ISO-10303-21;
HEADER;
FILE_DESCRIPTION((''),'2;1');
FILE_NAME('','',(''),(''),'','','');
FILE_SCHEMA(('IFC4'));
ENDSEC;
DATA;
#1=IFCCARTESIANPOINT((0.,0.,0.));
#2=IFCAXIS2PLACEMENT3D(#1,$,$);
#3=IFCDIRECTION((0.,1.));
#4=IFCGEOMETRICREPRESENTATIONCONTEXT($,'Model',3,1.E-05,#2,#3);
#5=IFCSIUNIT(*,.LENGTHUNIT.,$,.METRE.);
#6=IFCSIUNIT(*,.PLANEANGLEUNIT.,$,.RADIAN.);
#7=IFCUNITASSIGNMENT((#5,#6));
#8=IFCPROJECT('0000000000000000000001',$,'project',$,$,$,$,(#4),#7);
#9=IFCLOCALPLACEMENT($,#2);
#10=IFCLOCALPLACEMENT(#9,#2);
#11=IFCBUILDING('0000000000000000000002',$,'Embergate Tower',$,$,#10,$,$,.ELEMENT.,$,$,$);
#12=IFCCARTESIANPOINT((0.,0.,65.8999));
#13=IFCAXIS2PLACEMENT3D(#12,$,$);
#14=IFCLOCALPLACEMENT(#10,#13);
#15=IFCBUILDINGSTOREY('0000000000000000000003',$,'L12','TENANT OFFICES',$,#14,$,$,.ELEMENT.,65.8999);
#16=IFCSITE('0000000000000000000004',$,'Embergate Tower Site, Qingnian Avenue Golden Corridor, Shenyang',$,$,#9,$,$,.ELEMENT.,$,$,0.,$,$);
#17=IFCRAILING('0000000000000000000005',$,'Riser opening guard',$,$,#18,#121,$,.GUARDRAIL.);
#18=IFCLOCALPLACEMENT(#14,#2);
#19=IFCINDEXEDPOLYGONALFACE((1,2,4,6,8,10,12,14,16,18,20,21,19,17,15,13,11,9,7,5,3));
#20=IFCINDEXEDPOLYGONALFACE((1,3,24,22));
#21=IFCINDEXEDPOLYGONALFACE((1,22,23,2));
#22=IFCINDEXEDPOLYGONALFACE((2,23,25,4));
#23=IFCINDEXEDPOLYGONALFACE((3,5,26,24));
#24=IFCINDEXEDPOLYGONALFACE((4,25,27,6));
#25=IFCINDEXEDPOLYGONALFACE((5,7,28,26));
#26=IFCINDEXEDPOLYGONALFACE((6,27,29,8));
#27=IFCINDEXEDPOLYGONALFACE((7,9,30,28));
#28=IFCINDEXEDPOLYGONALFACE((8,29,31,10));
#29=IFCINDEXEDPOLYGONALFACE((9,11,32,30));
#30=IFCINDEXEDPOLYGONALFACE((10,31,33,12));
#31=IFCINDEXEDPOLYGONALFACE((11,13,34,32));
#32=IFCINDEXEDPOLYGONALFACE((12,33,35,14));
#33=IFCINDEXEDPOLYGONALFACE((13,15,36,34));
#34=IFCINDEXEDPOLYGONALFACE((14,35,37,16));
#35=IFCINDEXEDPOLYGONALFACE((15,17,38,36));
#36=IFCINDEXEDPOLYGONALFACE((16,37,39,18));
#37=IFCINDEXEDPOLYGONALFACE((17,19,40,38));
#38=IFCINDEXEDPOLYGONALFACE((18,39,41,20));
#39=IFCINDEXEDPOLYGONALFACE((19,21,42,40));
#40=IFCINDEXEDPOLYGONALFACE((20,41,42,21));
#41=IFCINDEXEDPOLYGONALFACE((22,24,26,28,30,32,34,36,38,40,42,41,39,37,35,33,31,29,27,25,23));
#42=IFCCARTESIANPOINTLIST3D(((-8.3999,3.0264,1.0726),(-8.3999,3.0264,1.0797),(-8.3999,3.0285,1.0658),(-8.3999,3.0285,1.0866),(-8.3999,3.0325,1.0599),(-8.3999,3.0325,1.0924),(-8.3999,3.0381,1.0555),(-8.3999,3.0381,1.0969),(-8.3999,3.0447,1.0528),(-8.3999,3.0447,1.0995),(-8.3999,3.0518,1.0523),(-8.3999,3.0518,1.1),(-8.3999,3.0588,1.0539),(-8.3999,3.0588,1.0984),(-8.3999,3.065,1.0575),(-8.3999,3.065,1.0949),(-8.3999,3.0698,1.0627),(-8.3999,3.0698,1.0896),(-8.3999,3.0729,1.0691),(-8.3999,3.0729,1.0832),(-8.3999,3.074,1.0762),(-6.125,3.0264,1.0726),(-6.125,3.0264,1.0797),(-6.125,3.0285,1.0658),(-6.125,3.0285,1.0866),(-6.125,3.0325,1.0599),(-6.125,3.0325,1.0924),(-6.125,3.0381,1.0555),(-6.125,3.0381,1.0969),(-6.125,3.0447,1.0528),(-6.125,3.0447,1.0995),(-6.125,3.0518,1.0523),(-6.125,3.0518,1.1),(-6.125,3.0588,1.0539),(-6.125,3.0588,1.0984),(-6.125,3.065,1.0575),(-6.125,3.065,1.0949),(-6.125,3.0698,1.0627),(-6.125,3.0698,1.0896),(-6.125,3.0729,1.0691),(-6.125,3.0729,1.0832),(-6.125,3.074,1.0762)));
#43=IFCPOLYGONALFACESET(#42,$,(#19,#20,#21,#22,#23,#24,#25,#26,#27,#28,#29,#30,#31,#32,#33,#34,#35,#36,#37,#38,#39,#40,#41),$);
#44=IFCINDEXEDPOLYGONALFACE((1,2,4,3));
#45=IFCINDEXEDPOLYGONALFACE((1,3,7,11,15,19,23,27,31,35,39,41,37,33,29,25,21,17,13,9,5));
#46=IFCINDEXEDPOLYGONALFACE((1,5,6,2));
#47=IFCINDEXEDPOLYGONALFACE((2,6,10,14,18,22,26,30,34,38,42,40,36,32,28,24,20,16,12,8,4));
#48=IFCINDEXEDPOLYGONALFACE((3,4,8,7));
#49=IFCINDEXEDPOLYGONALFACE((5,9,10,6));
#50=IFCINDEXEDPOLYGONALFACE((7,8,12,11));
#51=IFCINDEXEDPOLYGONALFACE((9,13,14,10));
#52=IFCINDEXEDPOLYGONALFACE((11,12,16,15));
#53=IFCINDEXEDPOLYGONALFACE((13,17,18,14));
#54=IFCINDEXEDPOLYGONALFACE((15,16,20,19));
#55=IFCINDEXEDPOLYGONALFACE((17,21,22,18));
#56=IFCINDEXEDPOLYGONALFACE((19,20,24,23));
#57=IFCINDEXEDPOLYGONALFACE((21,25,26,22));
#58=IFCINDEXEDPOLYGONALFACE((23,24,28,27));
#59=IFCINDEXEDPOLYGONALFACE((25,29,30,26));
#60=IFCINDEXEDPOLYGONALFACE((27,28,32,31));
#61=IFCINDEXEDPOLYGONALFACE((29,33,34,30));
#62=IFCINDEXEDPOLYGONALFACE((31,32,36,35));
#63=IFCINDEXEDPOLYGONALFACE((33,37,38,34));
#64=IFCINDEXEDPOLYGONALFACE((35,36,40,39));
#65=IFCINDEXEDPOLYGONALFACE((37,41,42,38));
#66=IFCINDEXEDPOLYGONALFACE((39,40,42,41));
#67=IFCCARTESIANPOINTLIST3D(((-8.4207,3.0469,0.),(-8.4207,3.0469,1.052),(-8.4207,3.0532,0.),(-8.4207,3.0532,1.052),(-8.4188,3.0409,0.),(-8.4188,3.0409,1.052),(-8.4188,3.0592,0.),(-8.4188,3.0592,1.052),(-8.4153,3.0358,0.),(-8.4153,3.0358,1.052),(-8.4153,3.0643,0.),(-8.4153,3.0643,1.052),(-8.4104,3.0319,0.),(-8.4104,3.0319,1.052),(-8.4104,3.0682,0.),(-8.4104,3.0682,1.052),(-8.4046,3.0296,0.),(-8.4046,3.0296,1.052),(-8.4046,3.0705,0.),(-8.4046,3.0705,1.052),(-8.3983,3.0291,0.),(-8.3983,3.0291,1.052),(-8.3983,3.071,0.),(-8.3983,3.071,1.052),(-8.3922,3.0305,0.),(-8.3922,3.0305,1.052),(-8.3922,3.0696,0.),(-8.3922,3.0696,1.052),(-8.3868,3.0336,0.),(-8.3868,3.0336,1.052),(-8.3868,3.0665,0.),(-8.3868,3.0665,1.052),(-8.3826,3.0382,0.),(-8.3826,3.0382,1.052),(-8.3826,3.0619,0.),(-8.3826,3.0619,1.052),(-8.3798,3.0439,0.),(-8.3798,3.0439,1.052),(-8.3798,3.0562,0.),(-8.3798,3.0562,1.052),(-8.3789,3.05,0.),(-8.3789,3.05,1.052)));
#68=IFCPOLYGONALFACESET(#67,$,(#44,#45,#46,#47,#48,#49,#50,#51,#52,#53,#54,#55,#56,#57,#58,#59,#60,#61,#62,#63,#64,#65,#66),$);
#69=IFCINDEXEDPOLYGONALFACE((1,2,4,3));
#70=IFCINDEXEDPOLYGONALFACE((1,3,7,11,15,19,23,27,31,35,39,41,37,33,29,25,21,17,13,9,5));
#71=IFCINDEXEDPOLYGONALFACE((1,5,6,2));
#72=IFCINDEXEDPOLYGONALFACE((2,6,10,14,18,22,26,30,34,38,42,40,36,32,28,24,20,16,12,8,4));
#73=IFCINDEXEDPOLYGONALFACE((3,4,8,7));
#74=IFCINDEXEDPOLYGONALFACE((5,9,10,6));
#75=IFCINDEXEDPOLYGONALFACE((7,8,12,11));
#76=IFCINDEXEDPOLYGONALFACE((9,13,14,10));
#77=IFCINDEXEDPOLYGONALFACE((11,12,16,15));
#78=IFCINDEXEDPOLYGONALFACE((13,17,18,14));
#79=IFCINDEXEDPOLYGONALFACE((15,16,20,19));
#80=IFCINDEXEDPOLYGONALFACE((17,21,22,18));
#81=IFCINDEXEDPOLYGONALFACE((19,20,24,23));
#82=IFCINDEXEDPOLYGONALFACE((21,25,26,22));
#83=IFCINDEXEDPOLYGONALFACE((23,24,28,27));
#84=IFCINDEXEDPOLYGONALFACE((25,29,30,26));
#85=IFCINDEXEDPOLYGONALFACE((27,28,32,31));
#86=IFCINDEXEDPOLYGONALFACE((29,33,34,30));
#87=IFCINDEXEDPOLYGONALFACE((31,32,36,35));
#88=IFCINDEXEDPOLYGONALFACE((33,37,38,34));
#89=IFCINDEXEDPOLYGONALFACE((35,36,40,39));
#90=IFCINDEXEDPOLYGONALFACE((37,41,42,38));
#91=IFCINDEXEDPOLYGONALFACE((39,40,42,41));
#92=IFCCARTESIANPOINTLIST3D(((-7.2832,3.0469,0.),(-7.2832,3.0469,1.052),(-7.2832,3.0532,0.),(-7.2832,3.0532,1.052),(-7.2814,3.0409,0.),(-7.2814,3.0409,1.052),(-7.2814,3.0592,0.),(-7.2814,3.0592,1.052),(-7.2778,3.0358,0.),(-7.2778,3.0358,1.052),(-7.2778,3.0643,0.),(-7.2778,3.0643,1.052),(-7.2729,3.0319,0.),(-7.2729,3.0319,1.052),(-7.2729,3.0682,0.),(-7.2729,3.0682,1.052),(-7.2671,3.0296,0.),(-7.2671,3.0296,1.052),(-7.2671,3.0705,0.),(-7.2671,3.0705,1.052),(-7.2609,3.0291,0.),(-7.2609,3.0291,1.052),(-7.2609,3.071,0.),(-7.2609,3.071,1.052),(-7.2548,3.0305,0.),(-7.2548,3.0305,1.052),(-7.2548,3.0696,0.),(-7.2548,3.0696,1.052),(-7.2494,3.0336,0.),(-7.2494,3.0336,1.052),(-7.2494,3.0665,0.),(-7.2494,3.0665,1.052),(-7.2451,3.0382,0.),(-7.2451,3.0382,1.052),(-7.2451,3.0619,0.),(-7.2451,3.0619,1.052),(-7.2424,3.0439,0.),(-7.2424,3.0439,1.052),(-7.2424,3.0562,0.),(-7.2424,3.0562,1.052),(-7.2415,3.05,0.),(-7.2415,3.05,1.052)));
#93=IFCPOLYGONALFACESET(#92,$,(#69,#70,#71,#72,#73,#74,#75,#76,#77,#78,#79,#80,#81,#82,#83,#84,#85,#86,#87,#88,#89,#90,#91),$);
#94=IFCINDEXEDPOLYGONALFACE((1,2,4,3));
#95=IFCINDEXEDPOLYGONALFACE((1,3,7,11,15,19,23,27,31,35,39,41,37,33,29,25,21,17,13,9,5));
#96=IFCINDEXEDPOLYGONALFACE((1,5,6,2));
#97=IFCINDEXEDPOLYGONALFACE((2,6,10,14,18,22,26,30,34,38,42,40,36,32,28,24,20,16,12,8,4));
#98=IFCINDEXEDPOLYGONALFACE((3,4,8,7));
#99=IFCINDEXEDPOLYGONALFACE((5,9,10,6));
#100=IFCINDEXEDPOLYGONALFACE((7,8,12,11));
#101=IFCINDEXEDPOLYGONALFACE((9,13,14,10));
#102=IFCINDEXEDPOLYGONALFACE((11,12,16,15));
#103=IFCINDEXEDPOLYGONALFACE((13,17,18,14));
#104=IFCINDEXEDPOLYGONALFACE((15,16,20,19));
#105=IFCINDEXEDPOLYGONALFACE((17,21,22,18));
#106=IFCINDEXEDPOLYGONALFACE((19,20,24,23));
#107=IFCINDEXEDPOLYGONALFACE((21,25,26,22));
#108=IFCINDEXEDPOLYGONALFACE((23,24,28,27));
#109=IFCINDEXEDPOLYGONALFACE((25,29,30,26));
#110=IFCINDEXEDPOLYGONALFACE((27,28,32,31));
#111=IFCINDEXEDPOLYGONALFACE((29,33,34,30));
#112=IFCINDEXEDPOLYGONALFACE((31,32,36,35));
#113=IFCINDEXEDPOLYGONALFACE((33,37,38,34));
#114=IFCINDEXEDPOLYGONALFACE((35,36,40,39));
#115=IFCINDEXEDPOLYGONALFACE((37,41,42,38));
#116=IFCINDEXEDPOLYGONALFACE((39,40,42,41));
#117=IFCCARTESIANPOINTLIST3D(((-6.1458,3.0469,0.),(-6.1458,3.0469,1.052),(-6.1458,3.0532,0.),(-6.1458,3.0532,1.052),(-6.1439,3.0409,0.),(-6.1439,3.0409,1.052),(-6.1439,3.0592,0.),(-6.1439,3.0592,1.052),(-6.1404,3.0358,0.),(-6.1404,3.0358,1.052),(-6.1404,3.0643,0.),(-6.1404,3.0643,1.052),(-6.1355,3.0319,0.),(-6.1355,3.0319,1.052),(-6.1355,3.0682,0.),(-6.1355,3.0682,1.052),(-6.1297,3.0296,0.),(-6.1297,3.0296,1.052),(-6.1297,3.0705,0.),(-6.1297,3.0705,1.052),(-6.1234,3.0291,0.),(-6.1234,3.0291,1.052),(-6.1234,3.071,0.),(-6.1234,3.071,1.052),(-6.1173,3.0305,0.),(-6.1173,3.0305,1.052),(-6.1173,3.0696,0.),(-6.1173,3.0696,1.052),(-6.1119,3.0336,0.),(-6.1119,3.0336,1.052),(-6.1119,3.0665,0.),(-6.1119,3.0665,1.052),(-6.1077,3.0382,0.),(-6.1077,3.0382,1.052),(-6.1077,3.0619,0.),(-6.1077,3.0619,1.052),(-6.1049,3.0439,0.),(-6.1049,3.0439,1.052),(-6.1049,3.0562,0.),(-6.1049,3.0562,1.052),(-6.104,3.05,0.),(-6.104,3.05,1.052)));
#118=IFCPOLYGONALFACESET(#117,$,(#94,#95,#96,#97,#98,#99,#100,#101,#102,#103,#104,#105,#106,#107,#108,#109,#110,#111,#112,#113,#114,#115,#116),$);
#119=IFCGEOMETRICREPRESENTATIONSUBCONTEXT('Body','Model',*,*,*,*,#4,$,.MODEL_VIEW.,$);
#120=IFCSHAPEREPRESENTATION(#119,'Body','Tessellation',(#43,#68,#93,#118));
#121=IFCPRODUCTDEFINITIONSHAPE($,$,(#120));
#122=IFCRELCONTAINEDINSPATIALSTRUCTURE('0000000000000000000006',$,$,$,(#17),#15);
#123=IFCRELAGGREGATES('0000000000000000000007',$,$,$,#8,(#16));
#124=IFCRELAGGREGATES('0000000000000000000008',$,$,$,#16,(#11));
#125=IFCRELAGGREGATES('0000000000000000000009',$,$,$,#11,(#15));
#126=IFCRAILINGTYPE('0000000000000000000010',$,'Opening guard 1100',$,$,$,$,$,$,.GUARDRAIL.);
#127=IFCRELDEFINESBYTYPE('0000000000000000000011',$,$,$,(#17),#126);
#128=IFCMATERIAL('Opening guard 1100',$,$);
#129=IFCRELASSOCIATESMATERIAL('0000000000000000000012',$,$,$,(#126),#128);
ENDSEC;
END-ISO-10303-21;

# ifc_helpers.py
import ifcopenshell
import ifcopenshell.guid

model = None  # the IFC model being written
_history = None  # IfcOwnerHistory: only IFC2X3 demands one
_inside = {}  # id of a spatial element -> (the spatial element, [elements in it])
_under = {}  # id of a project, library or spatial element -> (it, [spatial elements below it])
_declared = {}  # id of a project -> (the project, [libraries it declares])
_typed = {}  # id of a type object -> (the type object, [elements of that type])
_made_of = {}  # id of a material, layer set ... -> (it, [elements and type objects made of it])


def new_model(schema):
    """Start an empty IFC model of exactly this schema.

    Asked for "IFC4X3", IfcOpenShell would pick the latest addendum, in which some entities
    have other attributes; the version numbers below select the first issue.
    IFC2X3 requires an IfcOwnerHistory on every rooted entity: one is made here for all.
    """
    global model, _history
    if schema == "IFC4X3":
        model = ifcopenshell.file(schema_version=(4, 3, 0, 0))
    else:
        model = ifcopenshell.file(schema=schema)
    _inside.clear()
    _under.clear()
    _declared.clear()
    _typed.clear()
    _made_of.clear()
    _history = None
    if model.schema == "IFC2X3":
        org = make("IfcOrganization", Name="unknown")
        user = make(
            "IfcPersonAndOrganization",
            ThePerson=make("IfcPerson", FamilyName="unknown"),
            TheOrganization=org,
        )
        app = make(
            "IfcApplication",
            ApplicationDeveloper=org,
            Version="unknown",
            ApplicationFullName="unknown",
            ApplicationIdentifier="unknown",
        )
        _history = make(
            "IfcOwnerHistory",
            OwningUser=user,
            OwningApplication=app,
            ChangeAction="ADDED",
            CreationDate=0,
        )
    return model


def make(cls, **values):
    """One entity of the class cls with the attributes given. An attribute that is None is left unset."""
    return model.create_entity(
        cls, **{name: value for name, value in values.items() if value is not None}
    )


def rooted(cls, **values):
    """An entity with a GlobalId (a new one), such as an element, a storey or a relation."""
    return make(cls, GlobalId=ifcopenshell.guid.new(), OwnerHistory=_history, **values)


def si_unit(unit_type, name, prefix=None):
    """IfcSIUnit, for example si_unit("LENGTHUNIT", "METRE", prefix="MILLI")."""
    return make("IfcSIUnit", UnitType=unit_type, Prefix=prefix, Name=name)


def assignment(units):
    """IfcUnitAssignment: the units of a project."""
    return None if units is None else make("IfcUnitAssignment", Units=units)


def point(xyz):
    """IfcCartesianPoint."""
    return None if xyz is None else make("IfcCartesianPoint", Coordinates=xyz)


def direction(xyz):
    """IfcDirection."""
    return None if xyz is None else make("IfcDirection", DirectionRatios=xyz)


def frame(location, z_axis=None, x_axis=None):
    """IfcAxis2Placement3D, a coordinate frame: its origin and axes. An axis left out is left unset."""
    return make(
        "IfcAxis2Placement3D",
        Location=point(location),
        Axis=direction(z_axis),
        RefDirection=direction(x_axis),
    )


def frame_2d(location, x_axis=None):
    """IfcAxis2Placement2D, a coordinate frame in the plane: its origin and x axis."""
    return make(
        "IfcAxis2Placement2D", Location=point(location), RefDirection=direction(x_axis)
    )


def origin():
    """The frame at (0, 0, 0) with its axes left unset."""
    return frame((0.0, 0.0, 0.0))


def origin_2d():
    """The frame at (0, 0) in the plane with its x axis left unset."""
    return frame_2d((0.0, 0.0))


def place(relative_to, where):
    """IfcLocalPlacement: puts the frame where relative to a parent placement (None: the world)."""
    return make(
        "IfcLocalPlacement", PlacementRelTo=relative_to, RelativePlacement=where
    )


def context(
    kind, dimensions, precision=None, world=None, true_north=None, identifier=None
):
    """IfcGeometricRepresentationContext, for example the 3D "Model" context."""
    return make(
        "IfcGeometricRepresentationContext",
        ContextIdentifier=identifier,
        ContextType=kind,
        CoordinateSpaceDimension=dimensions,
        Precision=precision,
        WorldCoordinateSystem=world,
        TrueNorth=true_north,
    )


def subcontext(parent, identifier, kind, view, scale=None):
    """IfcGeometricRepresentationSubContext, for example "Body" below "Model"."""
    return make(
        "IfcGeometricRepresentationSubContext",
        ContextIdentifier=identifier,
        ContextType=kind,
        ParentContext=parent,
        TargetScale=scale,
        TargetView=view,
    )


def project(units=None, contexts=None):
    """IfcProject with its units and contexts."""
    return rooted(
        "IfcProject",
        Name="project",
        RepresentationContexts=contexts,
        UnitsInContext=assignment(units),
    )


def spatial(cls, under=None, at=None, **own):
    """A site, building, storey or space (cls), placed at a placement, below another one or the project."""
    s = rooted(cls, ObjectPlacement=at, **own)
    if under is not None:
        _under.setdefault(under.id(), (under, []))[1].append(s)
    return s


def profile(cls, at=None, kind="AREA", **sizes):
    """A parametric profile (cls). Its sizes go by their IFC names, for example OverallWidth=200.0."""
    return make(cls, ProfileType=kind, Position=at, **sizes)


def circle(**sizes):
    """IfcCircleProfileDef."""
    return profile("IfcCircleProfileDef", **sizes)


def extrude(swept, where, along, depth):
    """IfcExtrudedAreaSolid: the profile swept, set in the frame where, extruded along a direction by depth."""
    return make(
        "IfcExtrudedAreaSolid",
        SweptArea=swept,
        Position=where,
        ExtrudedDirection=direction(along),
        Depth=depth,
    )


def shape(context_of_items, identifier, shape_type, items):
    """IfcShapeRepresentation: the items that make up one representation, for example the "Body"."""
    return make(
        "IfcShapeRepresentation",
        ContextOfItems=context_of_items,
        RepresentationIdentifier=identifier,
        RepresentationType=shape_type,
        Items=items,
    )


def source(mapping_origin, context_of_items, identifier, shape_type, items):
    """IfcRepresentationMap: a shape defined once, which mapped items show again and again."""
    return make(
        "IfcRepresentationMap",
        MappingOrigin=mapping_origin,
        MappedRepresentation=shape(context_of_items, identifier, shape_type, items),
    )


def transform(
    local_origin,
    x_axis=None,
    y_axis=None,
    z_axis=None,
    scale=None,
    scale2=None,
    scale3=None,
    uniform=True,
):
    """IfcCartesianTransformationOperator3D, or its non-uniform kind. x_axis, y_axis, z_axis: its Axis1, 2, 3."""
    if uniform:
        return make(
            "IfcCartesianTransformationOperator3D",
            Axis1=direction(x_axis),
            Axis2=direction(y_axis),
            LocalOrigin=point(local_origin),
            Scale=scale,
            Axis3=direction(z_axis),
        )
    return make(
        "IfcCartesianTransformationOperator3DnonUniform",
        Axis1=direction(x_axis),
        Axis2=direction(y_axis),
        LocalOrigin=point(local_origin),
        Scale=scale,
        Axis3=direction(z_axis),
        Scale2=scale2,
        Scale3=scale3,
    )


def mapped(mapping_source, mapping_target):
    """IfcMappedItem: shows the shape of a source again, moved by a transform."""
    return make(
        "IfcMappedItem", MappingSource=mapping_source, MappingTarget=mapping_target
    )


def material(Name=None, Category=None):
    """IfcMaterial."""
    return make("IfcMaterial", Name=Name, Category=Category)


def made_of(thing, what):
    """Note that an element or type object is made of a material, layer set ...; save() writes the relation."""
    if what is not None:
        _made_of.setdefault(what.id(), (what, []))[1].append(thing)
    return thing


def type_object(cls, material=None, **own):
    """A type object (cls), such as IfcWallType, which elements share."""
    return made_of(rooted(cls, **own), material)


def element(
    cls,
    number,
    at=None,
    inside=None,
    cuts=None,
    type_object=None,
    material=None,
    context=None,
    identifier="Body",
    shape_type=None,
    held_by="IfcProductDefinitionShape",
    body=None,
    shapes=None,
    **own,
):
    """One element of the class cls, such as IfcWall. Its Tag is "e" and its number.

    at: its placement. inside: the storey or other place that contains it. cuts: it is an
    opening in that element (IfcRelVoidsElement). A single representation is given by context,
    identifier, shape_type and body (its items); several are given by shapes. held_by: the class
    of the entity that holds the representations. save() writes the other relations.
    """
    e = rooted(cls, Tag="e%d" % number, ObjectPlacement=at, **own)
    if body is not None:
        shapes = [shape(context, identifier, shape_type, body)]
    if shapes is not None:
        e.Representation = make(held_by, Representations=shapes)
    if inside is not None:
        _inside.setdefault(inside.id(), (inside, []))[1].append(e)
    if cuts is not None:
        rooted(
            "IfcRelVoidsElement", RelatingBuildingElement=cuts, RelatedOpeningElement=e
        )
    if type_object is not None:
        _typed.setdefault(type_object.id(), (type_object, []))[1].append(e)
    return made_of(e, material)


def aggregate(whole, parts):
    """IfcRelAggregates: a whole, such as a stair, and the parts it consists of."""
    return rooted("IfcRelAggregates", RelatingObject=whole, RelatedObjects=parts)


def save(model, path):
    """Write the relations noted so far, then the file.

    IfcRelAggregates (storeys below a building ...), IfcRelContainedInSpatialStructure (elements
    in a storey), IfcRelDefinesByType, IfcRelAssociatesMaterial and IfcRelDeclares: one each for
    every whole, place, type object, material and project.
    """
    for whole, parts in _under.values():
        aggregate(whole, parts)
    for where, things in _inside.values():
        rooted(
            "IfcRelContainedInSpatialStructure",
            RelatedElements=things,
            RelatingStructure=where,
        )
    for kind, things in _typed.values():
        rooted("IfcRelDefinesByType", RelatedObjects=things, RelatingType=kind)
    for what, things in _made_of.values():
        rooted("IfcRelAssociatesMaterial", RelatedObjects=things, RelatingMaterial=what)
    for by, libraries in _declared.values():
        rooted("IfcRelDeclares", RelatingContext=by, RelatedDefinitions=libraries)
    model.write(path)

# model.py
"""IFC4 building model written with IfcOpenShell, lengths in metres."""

from ifc_helpers import new_model, si_unit, direction, frame, origin, origin_2d, place, context, subcontext, project, spatial, circle, extrude, source, transform, mapped, material, type_object, element, save


model = new_model("IFC4")

# Units and contexts
model_context = context("Model", 3, precision=1e-05, world=origin(), true_north=direction((0.0, 1.0)))
body_context = subcontext(model_context, "Body", "Model", "MODEL_VIEW")
ifc_project = project(units=[si_unit("LENGTHUNIT", "METRE"), si_unit("PLANEANGLEUNIT", "RADIAN")], contexts=[model_context])

# Site, building, storey
site_placement = place(None, origin())
site = spatial("IfcSite", under=ifc_project, at=site_placement, Name="Embergate Tower Site, Qingnian Avenue Golden Corridor, Shenyang", CompositionType="ELEMENT", RefElevation=0.0)
building_placement = place(site_placement, origin())
building = spatial("IfcBuilding", under=site, at=building_placement, Name="Embergate Tower", CompositionType="ELEMENT")
storey_placement = place(building_placement, frame((0.0, 0.0, 65.8999)))
storey = spatial("IfcBuildingStorey", under=building, at=storey_placement, Name="L12", Description="TENANT OFFICES", CompositionType="ELEMENT", Elevation=65.8999)

# Railing
ifc_material_1 = material(Name="Opening guard 1100")
railing_type = type_object("IfcRailingType", Name="Opening guard 1100", PredefinedType="GUARDRAIL", material=ifc_material_1)
shared_shape_1 = source(origin(), body_context, "Body", "SweptSolid", [
    extrude(circle(Radius=0.0239, at=origin_2d()), frame((0.0, 0.0, 1.0762), z_axis=(1.0, 0.0, 0.0), x_axis=(0.0, 1.0, 0.0)), (0.0, 0.0, 1.0), 2.2749),
    extrude(circle(Radius=0.021, at=origin_2d()), origin(), (0.0, 0.0, 1.0), 1.052),
    extrude(circle(Radius=0.021, at=origin_2d()), frame((1.1375, 0.0, 0.0)), (0.0, 0.0, 1.0), 1.052),
    extrude(circle(Radius=0.021, at=origin_2d()), frame((2.2749, 0.0, 0.0)), (0.0, 0.0, 1.0), 1.052),
])
railing_placement = place(storey_placement, frame((-8.3999, 3.05, 0.0)))
element("IfcRailing", 1, at=railing_placement, inside=storey, type_object=railing_type, Name="Riser opening guard", PredefinedType="GUARDRAIL", context=body_context, shape_type="MappedRepresentation", body=[
    mapped(shared_shape_1, transform((0.0, 0.0, 0.0))),
])

save(model, "model.ifc")
